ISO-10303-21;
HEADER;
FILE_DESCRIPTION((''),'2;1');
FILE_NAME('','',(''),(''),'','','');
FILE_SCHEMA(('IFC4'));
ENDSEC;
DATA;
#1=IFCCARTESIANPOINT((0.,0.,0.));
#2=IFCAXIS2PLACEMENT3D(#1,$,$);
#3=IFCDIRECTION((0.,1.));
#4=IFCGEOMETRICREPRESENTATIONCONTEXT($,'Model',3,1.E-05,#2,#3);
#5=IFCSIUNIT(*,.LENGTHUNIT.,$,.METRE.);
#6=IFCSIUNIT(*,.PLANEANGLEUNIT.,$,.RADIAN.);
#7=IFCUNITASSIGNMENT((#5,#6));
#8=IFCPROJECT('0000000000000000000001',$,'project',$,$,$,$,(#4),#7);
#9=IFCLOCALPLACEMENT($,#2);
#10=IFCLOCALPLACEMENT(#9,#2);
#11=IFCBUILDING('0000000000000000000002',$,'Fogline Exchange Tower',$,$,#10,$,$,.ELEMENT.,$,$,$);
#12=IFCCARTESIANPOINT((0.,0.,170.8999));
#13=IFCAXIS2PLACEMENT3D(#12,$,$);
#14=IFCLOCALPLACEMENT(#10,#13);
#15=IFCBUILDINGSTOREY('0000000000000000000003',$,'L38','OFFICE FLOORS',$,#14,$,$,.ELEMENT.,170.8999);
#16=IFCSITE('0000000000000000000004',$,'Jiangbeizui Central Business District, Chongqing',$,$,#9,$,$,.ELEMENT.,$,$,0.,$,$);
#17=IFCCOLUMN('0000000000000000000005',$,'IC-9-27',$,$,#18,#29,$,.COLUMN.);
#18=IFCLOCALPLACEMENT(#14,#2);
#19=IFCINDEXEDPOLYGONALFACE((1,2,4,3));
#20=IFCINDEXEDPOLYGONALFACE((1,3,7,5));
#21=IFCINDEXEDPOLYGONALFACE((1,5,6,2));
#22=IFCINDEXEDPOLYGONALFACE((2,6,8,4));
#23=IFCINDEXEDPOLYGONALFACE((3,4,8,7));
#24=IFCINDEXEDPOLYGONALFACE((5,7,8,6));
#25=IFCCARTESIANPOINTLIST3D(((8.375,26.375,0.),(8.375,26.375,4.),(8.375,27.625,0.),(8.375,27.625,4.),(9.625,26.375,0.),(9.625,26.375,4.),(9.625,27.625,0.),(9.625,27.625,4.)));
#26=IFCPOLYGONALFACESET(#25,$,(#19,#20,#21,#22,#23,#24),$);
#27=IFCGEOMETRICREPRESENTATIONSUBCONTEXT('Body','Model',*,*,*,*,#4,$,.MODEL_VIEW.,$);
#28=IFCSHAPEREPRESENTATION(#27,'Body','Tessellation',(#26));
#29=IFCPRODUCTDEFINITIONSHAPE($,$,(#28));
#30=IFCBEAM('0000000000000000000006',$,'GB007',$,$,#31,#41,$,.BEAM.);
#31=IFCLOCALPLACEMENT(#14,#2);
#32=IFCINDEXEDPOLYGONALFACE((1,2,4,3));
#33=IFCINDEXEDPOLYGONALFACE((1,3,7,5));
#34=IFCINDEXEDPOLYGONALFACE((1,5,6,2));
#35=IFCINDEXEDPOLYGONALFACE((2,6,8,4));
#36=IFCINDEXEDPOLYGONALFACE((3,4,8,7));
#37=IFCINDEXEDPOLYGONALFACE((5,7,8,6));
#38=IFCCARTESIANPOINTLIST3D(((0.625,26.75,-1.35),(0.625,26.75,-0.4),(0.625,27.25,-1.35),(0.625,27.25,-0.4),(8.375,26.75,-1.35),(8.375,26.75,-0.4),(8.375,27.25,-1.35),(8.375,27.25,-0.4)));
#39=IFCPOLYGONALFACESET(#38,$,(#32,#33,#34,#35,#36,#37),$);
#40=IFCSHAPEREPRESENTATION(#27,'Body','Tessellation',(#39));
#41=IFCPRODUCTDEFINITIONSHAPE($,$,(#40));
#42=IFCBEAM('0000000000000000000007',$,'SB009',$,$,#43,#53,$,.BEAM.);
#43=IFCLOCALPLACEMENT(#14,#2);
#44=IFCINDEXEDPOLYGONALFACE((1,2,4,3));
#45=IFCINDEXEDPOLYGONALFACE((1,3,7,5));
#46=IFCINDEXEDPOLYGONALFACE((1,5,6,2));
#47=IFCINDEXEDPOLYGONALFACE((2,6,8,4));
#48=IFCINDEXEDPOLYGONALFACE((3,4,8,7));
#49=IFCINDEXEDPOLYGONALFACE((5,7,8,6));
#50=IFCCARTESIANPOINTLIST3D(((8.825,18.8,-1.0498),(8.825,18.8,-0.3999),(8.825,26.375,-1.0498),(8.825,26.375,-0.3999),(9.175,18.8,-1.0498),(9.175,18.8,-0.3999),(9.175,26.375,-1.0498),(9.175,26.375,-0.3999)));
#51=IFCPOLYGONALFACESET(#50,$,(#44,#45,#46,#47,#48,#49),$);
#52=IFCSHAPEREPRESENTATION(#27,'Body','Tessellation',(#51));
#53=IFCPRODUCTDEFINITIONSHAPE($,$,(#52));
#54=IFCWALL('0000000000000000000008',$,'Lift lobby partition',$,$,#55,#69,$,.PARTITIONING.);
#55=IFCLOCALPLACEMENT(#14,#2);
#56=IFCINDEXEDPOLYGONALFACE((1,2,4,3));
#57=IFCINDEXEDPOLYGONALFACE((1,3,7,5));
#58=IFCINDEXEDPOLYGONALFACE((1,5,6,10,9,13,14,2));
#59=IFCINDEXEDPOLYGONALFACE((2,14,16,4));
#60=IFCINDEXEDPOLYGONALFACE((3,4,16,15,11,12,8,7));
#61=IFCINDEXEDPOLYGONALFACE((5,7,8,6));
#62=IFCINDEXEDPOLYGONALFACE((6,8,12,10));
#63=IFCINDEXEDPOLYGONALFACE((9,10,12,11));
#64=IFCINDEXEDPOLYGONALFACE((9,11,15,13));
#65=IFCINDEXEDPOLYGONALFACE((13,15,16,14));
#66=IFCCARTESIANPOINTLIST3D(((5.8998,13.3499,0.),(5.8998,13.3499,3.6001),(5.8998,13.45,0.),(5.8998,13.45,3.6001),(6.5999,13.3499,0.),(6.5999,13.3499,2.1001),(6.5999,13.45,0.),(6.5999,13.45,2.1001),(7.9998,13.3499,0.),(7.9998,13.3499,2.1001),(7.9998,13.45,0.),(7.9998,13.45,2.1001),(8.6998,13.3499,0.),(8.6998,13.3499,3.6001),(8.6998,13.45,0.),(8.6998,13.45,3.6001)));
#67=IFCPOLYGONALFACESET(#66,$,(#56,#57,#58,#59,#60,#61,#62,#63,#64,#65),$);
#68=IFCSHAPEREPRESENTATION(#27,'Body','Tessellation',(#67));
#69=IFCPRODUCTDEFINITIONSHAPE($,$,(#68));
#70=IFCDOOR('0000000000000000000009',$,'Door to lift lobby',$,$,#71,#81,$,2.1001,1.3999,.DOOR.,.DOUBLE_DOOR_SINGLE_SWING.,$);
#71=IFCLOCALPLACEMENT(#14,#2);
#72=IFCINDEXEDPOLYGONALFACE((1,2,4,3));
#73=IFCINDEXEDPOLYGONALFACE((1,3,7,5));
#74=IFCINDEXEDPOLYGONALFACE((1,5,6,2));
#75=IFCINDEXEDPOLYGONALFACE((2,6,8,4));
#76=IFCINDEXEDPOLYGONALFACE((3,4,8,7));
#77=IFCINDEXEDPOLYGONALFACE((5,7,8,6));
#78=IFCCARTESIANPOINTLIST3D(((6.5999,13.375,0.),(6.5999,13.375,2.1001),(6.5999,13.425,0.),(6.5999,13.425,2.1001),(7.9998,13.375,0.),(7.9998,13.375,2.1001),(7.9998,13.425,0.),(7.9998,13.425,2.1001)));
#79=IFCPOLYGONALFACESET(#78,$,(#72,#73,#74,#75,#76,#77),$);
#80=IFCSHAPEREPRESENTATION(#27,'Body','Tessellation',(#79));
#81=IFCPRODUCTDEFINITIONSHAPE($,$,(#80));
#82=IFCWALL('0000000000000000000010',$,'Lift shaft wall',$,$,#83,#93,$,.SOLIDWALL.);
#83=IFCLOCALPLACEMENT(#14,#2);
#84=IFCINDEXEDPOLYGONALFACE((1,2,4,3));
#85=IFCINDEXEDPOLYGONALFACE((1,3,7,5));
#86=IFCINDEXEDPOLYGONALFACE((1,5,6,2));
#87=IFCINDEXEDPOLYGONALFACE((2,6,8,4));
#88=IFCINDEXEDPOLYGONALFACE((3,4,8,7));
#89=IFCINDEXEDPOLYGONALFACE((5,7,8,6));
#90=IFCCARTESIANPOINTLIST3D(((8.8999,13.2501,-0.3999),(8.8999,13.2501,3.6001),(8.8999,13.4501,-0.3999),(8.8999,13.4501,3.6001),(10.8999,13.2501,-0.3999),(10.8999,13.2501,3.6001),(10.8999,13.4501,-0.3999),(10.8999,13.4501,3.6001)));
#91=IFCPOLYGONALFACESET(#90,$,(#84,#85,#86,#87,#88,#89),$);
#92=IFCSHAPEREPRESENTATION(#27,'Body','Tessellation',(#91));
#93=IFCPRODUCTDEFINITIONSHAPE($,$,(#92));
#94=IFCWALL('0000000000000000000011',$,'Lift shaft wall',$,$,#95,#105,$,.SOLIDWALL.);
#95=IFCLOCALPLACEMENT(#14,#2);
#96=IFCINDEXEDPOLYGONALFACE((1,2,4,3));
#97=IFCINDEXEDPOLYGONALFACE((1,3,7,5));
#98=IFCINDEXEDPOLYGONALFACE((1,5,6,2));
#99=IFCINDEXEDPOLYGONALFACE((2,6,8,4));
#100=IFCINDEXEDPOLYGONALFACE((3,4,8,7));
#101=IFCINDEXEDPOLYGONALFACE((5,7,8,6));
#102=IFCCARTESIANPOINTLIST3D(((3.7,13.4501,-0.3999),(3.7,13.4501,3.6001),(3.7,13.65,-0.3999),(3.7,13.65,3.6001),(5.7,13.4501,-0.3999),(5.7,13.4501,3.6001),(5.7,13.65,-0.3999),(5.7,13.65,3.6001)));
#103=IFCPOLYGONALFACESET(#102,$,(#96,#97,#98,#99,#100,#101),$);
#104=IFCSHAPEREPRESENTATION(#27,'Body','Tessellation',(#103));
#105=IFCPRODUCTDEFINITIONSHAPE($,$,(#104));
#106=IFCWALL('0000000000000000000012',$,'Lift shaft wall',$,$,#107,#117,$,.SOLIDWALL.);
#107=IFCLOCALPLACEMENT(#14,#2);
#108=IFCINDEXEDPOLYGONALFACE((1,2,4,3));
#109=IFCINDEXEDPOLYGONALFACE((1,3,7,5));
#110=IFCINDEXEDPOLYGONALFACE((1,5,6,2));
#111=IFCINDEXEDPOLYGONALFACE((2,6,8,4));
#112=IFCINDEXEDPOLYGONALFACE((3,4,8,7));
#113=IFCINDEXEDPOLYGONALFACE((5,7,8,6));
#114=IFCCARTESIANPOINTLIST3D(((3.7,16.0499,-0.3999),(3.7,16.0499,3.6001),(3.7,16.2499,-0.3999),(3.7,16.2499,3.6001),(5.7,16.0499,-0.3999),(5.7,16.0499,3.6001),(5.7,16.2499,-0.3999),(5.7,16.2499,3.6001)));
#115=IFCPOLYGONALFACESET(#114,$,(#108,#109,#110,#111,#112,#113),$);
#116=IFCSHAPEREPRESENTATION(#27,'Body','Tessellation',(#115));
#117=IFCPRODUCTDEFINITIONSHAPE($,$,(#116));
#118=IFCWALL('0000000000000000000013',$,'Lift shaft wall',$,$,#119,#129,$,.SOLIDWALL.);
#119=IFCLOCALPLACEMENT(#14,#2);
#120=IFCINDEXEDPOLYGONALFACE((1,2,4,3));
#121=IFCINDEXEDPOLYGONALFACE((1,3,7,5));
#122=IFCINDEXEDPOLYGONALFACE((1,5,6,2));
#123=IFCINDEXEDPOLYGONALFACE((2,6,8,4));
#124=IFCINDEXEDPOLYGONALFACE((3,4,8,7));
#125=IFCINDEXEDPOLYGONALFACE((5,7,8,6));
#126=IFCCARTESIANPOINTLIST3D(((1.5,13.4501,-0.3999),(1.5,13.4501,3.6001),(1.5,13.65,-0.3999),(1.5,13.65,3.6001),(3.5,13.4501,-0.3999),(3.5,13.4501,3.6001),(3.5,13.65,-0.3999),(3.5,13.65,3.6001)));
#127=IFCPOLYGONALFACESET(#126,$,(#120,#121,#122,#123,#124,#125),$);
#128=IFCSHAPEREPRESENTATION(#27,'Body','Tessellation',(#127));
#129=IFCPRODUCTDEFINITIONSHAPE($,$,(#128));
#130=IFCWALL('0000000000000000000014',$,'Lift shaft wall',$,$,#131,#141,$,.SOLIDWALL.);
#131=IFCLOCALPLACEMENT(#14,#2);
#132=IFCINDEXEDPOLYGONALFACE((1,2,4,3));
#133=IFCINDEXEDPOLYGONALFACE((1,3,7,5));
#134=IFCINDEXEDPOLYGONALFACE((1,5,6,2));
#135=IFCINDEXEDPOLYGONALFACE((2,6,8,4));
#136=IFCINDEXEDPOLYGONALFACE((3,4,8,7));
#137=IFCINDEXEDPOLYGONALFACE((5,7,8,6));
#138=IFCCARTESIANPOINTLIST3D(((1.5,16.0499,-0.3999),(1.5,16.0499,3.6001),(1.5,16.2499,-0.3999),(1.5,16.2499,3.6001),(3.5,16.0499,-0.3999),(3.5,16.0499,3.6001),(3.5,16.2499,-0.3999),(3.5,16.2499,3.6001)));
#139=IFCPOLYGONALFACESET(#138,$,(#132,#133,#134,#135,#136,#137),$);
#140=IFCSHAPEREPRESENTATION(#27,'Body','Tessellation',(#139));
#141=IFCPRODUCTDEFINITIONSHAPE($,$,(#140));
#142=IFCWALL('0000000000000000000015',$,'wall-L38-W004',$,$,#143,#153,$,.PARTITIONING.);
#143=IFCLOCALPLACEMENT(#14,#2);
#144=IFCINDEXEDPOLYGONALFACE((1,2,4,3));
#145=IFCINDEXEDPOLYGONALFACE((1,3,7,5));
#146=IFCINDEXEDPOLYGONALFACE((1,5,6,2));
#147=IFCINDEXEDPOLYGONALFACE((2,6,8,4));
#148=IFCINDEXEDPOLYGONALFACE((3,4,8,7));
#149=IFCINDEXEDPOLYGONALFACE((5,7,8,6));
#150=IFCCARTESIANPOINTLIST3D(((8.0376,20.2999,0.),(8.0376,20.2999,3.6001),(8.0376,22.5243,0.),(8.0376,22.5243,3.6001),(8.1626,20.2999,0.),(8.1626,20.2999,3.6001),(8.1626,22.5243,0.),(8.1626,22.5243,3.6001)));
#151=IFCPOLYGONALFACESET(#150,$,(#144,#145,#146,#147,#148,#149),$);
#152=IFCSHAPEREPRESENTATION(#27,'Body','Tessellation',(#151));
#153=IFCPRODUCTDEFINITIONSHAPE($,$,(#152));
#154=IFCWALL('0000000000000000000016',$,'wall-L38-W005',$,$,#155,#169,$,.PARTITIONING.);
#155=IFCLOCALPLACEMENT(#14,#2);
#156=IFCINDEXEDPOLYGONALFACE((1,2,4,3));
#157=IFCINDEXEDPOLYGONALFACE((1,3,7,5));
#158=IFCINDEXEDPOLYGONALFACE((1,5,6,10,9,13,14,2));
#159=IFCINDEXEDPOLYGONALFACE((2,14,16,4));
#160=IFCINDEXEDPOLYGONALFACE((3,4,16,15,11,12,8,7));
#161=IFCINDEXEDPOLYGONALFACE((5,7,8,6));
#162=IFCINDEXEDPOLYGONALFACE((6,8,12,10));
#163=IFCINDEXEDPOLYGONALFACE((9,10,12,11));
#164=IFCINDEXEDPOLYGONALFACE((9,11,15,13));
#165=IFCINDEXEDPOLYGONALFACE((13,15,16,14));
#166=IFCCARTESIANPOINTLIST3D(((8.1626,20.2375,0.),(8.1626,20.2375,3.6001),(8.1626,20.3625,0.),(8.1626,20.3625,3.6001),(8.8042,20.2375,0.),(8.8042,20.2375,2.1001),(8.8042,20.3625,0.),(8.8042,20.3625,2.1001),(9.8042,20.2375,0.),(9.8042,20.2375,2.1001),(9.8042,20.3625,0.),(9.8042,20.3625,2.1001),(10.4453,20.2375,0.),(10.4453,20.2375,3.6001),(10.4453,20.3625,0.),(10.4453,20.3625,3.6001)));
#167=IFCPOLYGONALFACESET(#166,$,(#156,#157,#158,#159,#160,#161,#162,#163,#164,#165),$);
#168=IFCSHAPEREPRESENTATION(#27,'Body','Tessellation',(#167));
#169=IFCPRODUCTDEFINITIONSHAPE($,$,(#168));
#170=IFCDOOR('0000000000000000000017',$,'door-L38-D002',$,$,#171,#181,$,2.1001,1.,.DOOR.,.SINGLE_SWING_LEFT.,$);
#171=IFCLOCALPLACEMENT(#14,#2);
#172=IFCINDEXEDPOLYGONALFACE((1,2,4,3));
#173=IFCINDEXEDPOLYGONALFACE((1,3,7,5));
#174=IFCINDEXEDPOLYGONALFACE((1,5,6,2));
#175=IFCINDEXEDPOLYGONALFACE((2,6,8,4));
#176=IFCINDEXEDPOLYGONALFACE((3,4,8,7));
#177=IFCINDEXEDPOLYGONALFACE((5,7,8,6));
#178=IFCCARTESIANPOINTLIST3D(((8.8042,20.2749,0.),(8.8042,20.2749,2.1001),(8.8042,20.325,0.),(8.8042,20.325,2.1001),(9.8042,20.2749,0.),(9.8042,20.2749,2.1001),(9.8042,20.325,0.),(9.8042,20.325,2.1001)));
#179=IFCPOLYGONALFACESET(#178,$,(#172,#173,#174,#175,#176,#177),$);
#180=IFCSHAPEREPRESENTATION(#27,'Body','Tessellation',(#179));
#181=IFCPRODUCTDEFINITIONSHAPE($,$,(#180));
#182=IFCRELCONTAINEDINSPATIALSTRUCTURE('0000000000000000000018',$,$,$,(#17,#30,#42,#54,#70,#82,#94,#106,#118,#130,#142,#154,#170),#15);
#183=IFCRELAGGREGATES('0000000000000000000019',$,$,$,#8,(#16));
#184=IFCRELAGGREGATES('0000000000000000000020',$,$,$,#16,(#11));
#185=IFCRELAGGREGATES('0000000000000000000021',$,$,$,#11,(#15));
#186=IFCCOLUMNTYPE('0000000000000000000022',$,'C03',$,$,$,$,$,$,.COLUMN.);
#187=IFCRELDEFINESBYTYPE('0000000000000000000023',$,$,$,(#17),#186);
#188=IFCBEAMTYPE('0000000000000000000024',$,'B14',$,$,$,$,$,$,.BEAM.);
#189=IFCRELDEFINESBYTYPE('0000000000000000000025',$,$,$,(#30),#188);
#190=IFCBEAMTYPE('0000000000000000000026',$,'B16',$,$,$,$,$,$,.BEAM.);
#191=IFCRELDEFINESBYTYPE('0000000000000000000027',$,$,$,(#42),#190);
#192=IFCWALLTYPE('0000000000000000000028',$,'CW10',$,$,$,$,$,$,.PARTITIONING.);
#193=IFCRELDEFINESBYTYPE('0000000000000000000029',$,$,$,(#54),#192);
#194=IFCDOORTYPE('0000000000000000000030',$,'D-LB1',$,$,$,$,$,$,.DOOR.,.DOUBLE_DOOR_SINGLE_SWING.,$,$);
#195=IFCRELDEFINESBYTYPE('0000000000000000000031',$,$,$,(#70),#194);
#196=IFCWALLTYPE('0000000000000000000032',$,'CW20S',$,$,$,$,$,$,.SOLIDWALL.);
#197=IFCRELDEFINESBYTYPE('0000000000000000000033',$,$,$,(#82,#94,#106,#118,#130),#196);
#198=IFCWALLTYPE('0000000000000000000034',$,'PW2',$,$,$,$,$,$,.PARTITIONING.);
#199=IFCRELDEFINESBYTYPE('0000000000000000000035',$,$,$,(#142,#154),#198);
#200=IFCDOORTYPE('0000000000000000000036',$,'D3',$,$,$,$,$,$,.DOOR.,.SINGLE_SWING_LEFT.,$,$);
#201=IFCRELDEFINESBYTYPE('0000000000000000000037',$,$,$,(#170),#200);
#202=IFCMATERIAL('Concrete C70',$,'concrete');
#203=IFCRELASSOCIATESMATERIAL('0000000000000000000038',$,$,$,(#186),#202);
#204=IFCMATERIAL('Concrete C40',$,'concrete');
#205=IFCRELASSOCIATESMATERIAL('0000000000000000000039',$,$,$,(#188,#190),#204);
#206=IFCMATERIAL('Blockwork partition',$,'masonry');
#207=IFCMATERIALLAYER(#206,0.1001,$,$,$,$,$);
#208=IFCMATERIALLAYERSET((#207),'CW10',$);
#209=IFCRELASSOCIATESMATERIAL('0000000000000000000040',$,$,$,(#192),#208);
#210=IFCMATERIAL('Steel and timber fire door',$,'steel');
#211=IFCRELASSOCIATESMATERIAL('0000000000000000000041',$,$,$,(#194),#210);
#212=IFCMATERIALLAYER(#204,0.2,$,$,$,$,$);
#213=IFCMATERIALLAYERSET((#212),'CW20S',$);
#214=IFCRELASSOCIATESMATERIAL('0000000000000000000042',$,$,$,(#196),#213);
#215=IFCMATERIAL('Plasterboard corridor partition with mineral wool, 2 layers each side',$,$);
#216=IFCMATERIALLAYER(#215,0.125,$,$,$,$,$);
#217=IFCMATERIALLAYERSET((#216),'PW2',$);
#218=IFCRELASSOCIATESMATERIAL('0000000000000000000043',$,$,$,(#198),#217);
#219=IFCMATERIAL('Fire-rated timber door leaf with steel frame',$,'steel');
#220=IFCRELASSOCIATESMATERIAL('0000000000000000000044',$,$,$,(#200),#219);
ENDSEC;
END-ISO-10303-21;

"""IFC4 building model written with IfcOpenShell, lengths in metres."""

from ifc_helpers import new_model, si_unit, direction, frame, frame_2d, origin, origin_2d, place, context, subcontext, project, spatial, rectangle, extrude, material, layer, layer_set, material_profile, profile_set, type_object, element, fill, save


model = new_model("IFC4")

# Units and contexts
model_context = context("Model", 3, precision=1e-05, world=origin(), true_north=direction((0.0, 1.0)))
body_context = subcontext(model_context, "Body", "Model", "MODEL_VIEW")
ifc_project = project(units=[si_unit("LENGTHUNIT", "METRE"), si_unit("PLANEANGLEUNIT", "RADIAN")], contexts=[model_context])

# Site, building, storey
site_placement = place(None, origin())
site = spatial("IfcSite", under=ifc_project, at=site_placement, Name="Jiangbeizui Central Business District, Chongqing", CompositionType="ELEMENT", RefElevation=0.0)
building_placement = place(site_placement, origin())
building = spatial("IfcBuilding", under=site, at=building_placement, Name="Fogline Exchange Tower", CompositionType="ELEMENT")
storey_placement = place(building_placement, frame((0.0, 0.0, 170.8999)))
storey = spatial("IfcBuildingStorey", under=building, at=storey_placement, Name="L38", Description="OFFICE FLOORS", CompositionType="ELEMENT", Elevation=170.8999)

# Column
ifc_material_1 = material(Name="Concrete C70", Category="concrete")
ifc_material_profile_1 = material_profile(ifc_material_1, rectangle(XDim=1.25, YDim=1.25, at=origin_2d()), Name="RC 1250x1250")
ifc_profile_set_1 = profile_set([ifc_material_profile_1], Name="Concrete C70")
column_type = type_object("IfcColumnType", Name="C03", PredefinedType="COLUMN", material=ifc_profile_set_1)
column_placement = place(storey_placement, frame((9.0, 27.0, 0.0), z_axis=(0.0, 0.0, 1.0), x_axis=(1.0, 0.0, 0.0)))
element("IfcColumn", 1, at=column_placement, inside=storey, type_object=column_type, Name="IC-9-27", PredefinedType="COLUMN", context=body_context, shape_type="SweptSolid", body=[
    extrude(rectangle(XDim=1.25, YDim=1.25, at=origin_2d()), origin(), (0.0, 0.0, 1.0), 4.0),
])

# Beams
ifc_material_2 = material(Name="Concrete C40", Category="concrete")
ifc_material_profile_2 = material_profile(ifc_material_2, rectangle(XDim=0.5, YDim=0.95, at=origin_2d()), Name="RC 500x950")
ifc_profile_set_2 = profile_set([ifc_material_profile_2], Name="Concrete C40")
beam_type_1 = type_object("IfcBeamType", Name="B14", PredefinedType="BEAM", material=ifc_profile_set_2)
beam_1_placement = place(storey_placement, frame((0.625, 27.0, -0.875), z_axis=(1.0, 0.0, 0.0), x_axis=(0.0, 1.0, 0.0)))
element("IfcBeam", 2, at=beam_1_placement, inside=storey, type_object=beam_type_1, Name="GB007", PredefinedType="BEAM", context=body_context, shape_type="SweptSolid", body=[
    extrude(rectangle(XDim=0.5, YDim=0.95, at=origin_2d()), origin(), (0.0, 0.0, 1.0), 7.75),
])
ifc_material_profile_3 = material_profile(ifc_material_2, rectangle(XDim=0.3501, YDim=0.6499, at=origin_2d()), Name="RC 350x650")
ifc_profile_set_3 = profile_set([ifc_material_profile_3], Name="Concrete C40")
beam_type_2 = type_object("IfcBeamType", Name="B16", PredefinedType="BEAM", material=ifc_profile_set_3)
beam_2_placement = place(storey_placement, frame((9.0, 18.8, -0.7249), z_axis=(0.0, 1.0, 0.0), x_axis=(-1.0, 0.0, 0.0)))
element("IfcBeam", 3, at=beam_2_placement, inside=storey, type_object=beam_type_2, Name="SB009", PredefinedType="BEAM", context=body_context, shape_type="SweptSolid", body=[
    extrude(rectangle(XDim=0.3501, YDim=0.6499, at=origin_2d()), origin(), (0.0, 0.0, 1.0), 7.575),
])

# Wall, opening, door
ifc_material_3 = material(Name="Blockwork partition", Category="masonry")
ifc_layer_1 = layer(ifc_material_3, 0.1001)
ifc_layer_set_1 = layer_set([ifc_layer_1], Name="CW10")
wall_type_1 = type_object("IfcWallType", Name="CW10", PredefinedType="PARTITIONING", material=ifc_layer_set_1)
wall_1_placement = place(storey_placement, frame((5.8999, 13.3999, 0.0), z_axis=(0.0, 0.0, 1.0), x_axis=(1.0, 0.0, 0.0)))
wall_1 = element("IfcWall", 4, at=wall_1_placement, inside=storey, type_object=wall_type_1, Name="Lift lobby partition", PredefinedType="PARTITIONING", context=body_context, shape_type="SweptSolid", body=[
    extrude(rectangle(XDim=2.8, YDim=0.1001, at=frame_2d((1.3999, 0.0))), origin(), (0.0, 0.0, 1.0), 3.6001),
])
opening_1_placement = place(wall_1_placement, frame((0.7, 0.0, 0.0)))
opening_1 = element("IfcOpeningElement", 5, at=opening_1_placement, cuts=wall_1, PredefinedType="OPENING", context=body_context, shape_type="SweptSolid", body=[
    extrude(rectangle(XDim=1.3999, YDim=2.1001, at=frame_2d((0.7, 1.05))), frame((0.0, 0.0601, 0.0), z_axis=(0.0, -1.0, 0.0), x_axis=(1.0, 0.0, 0.0)), (0.0, 0.0, 1.0), 0.1201),
])
ifc_material_4 = material(Name="Steel and timber fire door", Category="steel")
door_type_1 = type_object("IfcDoorType", Name="D-LB1", OperationType="DOUBLE_DOOR_SINGLE_SWING", PredefinedType="DOOR", material=ifc_material_4)
door_1_placement = place(opening_1_placement, frame((1.3999, 0.0, 0.0), z_axis=(0.0, 0.0, 1.0), x_axis=(-1.0, 0.0, 0.0)))
door_1 = element("IfcDoor", 6, at=door_1_placement, inside=storey, type_object=door_type_1, Name="Door to lift lobby", OperationType="DOUBLE_DOOR_SINGLE_SWING", OverallHeight=2.1001, OverallWidth=1.3999, PredefinedType="DOOR", context=body_context, shape_type="SweptSolid", body=[
    extrude(rectangle(XDim=1.3999, YDim=2.1001, at=frame_2d((0.7, 1.05))), frame((0.0, 0.0249, 0.0), z_axis=(0.0, -1.0, 0.0), x_axis=(1.0, 0.0, 0.0)), (0.0, 0.0, 1.0), 0.05),
])
fill(opening_1, door_1)

# Walls
ifc_layer_2 = layer(ifc_material_2, 0.2)
ifc_layer_set_2 = layer_set([ifc_layer_2], Name="CW20S")
wall_type_2 = type_object("IfcWallType", Name="CW20S", PredefinedType="SOLIDWALL", material=ifc_layer_set_2)
for number, where, z_axis, x_axis, name in (
    (7, (8.8999, 13.3501, -0.3999), (0.0, 0.0, 1.0), (1.0, 0.0, 0.0), "Lift shaft wall"),
    (8, (3.7, 13.55, -0.3999), (0.0, 0.0, 1.0), (1.0, 0.0, 0.0), "Lift shaft wall"),
    (9, (3.7, 16.1499, -0.3999), (0.0, 0.0, 1.0), (1.0, 0.0, 0.0), "Lift shaft wall"),
    (10, (1.5, 13.55, -0.3999), (0.0, 0.0, 1.0), (1.0, 0.0, 0.0), "Lift shaft wall"),
    (11, (1.5, 16.1499, -0.3999), (0.0, 0.0, 1.0), (1.0, 0.0, 0.0), "Lift shaft wall"),
):
    element("IfcWall", number, at=place(storey_placement, frame(where, z_axis=z_axis, x_axis=x_axis)), inside=storey, type_object=wall_type_2, Name=name, PredefinedType="SOLIDWALL", context=body_context, shape_type="SweptSolid", body=[
        extrude(rectangle(XDim=2.0, YDim=0.2, at=frame_2d((1.0, 0.0))), origin(), (0.0, 0.0, 1.0), 4.0),
    ])
ifc_material_5 = material(Name="Plasterboard corridor partition with mineral wool, 2 layers each side")
ifc_layer_3 = layer(ifc_material_5, 0.125)
ifc_layer_set_3 = layer_set([ifc_layer_3], Name="PW2")
wall_type_3 = type_object("IfcWallType", Name="PW2", PredefinedType="PARTITIONING", material=ifc_layer_set_3)
wall_2_placement = place(storey_placement, frame((8.1001, 22.5244, 0.0), z_axis=(0.0, 0.0, 1.0), x_axis=(0.0, -1.0, 0.0)))
element("IfcWall", 12, at=wall_2_placement, inside=storey, type_object=wall_type_3, Name="wall-L38-W004", PredefinedType="PARTITIONING", context=body_context, shape_type="SweptSolid", body=[
    extrude(rectangle(XDim=2.2244, YDim=0.125, at=frame_2d((1.1123, 0.0))), origin(), (0.0, 0.0, 1.0), 3.6001),
])

# Wall, opening, door
wall_3_placement = place(storey_placement, frame((8.1626, 20.3, 0.0), z_axis=(0.0, 0.0, 1.0), x_axis=(1.0, 0.0, 0.0)))
wall_3 = element("IfcWall", 13, at=wall_3_placement, inside=storey, type_object=wall_type_3, Name="wall-L38-W005", PredefinedType="PARTITIONING", context=body_context, shape_type="SweptSolid", body=[
    extrude(rectangle(XDim=2.2827, YDim=0.125, at=frame_2d((1.1414, 0.0))), origin(), (0.0, 0.0, 1.0), 3.6001),
])
opening_2_placement = place(wall_3_placement, frame((0.6416, 0.0, 0.0)))
opening_2 = element("IfcOpeningElement", 14, at=opening_2_placement, cuts=wall_3, PredefinedType="OPENING", context=body_context, shape_type="SweptSolid", body=[
    extrude(rectangle(XDim=1.0, YDim=2.1001, at=frame_2d((0.5, 1.05))), frame((0.0, 0.0725, 0.0), z_axis=(0.0, -1.0, 0.0), x_axis=(1.0, 0.0, 0.0)), (0.0, 0.0, 1.0), 0.145),
])
ifc_material_6 = material(Name="Fire-rated timber door leaf with steel frame", Category="steel")
door_type_2 = type_object("IfcDoorType", Name="D3", OperationType="SINGLE_SWING_LEFT", PredefinedType="DOOR", material=ifc_material_6)
door_2_placement = place(opening_2_placement, origin())
door_2 = element("IfcDoor", 15, at=door_2_placement, inside=storey, type_object=door_type_2, Name="door-L38-D002", OperationType="SINGLE_SWING_LEFT", OverallHeight=2.1001, OverallWidth=1.0, PredefinedType="DOOR", context=body_context, shape_type="SweptSolid", body=[
    extrude(rectangle(XDim=1.0, YDim=2.1001, at=frame_2d((0.5, 1.05))), frame((0.0, 0.0249, 0.0), z_axis=(0.0, -1.0, 0.0), x_axis=(1.0, 0.0, 0.0)), (0.0, 0.0, 1.0), 0.05),
])
fill(opening_2, door_2)

save(model, "model.ifc")
